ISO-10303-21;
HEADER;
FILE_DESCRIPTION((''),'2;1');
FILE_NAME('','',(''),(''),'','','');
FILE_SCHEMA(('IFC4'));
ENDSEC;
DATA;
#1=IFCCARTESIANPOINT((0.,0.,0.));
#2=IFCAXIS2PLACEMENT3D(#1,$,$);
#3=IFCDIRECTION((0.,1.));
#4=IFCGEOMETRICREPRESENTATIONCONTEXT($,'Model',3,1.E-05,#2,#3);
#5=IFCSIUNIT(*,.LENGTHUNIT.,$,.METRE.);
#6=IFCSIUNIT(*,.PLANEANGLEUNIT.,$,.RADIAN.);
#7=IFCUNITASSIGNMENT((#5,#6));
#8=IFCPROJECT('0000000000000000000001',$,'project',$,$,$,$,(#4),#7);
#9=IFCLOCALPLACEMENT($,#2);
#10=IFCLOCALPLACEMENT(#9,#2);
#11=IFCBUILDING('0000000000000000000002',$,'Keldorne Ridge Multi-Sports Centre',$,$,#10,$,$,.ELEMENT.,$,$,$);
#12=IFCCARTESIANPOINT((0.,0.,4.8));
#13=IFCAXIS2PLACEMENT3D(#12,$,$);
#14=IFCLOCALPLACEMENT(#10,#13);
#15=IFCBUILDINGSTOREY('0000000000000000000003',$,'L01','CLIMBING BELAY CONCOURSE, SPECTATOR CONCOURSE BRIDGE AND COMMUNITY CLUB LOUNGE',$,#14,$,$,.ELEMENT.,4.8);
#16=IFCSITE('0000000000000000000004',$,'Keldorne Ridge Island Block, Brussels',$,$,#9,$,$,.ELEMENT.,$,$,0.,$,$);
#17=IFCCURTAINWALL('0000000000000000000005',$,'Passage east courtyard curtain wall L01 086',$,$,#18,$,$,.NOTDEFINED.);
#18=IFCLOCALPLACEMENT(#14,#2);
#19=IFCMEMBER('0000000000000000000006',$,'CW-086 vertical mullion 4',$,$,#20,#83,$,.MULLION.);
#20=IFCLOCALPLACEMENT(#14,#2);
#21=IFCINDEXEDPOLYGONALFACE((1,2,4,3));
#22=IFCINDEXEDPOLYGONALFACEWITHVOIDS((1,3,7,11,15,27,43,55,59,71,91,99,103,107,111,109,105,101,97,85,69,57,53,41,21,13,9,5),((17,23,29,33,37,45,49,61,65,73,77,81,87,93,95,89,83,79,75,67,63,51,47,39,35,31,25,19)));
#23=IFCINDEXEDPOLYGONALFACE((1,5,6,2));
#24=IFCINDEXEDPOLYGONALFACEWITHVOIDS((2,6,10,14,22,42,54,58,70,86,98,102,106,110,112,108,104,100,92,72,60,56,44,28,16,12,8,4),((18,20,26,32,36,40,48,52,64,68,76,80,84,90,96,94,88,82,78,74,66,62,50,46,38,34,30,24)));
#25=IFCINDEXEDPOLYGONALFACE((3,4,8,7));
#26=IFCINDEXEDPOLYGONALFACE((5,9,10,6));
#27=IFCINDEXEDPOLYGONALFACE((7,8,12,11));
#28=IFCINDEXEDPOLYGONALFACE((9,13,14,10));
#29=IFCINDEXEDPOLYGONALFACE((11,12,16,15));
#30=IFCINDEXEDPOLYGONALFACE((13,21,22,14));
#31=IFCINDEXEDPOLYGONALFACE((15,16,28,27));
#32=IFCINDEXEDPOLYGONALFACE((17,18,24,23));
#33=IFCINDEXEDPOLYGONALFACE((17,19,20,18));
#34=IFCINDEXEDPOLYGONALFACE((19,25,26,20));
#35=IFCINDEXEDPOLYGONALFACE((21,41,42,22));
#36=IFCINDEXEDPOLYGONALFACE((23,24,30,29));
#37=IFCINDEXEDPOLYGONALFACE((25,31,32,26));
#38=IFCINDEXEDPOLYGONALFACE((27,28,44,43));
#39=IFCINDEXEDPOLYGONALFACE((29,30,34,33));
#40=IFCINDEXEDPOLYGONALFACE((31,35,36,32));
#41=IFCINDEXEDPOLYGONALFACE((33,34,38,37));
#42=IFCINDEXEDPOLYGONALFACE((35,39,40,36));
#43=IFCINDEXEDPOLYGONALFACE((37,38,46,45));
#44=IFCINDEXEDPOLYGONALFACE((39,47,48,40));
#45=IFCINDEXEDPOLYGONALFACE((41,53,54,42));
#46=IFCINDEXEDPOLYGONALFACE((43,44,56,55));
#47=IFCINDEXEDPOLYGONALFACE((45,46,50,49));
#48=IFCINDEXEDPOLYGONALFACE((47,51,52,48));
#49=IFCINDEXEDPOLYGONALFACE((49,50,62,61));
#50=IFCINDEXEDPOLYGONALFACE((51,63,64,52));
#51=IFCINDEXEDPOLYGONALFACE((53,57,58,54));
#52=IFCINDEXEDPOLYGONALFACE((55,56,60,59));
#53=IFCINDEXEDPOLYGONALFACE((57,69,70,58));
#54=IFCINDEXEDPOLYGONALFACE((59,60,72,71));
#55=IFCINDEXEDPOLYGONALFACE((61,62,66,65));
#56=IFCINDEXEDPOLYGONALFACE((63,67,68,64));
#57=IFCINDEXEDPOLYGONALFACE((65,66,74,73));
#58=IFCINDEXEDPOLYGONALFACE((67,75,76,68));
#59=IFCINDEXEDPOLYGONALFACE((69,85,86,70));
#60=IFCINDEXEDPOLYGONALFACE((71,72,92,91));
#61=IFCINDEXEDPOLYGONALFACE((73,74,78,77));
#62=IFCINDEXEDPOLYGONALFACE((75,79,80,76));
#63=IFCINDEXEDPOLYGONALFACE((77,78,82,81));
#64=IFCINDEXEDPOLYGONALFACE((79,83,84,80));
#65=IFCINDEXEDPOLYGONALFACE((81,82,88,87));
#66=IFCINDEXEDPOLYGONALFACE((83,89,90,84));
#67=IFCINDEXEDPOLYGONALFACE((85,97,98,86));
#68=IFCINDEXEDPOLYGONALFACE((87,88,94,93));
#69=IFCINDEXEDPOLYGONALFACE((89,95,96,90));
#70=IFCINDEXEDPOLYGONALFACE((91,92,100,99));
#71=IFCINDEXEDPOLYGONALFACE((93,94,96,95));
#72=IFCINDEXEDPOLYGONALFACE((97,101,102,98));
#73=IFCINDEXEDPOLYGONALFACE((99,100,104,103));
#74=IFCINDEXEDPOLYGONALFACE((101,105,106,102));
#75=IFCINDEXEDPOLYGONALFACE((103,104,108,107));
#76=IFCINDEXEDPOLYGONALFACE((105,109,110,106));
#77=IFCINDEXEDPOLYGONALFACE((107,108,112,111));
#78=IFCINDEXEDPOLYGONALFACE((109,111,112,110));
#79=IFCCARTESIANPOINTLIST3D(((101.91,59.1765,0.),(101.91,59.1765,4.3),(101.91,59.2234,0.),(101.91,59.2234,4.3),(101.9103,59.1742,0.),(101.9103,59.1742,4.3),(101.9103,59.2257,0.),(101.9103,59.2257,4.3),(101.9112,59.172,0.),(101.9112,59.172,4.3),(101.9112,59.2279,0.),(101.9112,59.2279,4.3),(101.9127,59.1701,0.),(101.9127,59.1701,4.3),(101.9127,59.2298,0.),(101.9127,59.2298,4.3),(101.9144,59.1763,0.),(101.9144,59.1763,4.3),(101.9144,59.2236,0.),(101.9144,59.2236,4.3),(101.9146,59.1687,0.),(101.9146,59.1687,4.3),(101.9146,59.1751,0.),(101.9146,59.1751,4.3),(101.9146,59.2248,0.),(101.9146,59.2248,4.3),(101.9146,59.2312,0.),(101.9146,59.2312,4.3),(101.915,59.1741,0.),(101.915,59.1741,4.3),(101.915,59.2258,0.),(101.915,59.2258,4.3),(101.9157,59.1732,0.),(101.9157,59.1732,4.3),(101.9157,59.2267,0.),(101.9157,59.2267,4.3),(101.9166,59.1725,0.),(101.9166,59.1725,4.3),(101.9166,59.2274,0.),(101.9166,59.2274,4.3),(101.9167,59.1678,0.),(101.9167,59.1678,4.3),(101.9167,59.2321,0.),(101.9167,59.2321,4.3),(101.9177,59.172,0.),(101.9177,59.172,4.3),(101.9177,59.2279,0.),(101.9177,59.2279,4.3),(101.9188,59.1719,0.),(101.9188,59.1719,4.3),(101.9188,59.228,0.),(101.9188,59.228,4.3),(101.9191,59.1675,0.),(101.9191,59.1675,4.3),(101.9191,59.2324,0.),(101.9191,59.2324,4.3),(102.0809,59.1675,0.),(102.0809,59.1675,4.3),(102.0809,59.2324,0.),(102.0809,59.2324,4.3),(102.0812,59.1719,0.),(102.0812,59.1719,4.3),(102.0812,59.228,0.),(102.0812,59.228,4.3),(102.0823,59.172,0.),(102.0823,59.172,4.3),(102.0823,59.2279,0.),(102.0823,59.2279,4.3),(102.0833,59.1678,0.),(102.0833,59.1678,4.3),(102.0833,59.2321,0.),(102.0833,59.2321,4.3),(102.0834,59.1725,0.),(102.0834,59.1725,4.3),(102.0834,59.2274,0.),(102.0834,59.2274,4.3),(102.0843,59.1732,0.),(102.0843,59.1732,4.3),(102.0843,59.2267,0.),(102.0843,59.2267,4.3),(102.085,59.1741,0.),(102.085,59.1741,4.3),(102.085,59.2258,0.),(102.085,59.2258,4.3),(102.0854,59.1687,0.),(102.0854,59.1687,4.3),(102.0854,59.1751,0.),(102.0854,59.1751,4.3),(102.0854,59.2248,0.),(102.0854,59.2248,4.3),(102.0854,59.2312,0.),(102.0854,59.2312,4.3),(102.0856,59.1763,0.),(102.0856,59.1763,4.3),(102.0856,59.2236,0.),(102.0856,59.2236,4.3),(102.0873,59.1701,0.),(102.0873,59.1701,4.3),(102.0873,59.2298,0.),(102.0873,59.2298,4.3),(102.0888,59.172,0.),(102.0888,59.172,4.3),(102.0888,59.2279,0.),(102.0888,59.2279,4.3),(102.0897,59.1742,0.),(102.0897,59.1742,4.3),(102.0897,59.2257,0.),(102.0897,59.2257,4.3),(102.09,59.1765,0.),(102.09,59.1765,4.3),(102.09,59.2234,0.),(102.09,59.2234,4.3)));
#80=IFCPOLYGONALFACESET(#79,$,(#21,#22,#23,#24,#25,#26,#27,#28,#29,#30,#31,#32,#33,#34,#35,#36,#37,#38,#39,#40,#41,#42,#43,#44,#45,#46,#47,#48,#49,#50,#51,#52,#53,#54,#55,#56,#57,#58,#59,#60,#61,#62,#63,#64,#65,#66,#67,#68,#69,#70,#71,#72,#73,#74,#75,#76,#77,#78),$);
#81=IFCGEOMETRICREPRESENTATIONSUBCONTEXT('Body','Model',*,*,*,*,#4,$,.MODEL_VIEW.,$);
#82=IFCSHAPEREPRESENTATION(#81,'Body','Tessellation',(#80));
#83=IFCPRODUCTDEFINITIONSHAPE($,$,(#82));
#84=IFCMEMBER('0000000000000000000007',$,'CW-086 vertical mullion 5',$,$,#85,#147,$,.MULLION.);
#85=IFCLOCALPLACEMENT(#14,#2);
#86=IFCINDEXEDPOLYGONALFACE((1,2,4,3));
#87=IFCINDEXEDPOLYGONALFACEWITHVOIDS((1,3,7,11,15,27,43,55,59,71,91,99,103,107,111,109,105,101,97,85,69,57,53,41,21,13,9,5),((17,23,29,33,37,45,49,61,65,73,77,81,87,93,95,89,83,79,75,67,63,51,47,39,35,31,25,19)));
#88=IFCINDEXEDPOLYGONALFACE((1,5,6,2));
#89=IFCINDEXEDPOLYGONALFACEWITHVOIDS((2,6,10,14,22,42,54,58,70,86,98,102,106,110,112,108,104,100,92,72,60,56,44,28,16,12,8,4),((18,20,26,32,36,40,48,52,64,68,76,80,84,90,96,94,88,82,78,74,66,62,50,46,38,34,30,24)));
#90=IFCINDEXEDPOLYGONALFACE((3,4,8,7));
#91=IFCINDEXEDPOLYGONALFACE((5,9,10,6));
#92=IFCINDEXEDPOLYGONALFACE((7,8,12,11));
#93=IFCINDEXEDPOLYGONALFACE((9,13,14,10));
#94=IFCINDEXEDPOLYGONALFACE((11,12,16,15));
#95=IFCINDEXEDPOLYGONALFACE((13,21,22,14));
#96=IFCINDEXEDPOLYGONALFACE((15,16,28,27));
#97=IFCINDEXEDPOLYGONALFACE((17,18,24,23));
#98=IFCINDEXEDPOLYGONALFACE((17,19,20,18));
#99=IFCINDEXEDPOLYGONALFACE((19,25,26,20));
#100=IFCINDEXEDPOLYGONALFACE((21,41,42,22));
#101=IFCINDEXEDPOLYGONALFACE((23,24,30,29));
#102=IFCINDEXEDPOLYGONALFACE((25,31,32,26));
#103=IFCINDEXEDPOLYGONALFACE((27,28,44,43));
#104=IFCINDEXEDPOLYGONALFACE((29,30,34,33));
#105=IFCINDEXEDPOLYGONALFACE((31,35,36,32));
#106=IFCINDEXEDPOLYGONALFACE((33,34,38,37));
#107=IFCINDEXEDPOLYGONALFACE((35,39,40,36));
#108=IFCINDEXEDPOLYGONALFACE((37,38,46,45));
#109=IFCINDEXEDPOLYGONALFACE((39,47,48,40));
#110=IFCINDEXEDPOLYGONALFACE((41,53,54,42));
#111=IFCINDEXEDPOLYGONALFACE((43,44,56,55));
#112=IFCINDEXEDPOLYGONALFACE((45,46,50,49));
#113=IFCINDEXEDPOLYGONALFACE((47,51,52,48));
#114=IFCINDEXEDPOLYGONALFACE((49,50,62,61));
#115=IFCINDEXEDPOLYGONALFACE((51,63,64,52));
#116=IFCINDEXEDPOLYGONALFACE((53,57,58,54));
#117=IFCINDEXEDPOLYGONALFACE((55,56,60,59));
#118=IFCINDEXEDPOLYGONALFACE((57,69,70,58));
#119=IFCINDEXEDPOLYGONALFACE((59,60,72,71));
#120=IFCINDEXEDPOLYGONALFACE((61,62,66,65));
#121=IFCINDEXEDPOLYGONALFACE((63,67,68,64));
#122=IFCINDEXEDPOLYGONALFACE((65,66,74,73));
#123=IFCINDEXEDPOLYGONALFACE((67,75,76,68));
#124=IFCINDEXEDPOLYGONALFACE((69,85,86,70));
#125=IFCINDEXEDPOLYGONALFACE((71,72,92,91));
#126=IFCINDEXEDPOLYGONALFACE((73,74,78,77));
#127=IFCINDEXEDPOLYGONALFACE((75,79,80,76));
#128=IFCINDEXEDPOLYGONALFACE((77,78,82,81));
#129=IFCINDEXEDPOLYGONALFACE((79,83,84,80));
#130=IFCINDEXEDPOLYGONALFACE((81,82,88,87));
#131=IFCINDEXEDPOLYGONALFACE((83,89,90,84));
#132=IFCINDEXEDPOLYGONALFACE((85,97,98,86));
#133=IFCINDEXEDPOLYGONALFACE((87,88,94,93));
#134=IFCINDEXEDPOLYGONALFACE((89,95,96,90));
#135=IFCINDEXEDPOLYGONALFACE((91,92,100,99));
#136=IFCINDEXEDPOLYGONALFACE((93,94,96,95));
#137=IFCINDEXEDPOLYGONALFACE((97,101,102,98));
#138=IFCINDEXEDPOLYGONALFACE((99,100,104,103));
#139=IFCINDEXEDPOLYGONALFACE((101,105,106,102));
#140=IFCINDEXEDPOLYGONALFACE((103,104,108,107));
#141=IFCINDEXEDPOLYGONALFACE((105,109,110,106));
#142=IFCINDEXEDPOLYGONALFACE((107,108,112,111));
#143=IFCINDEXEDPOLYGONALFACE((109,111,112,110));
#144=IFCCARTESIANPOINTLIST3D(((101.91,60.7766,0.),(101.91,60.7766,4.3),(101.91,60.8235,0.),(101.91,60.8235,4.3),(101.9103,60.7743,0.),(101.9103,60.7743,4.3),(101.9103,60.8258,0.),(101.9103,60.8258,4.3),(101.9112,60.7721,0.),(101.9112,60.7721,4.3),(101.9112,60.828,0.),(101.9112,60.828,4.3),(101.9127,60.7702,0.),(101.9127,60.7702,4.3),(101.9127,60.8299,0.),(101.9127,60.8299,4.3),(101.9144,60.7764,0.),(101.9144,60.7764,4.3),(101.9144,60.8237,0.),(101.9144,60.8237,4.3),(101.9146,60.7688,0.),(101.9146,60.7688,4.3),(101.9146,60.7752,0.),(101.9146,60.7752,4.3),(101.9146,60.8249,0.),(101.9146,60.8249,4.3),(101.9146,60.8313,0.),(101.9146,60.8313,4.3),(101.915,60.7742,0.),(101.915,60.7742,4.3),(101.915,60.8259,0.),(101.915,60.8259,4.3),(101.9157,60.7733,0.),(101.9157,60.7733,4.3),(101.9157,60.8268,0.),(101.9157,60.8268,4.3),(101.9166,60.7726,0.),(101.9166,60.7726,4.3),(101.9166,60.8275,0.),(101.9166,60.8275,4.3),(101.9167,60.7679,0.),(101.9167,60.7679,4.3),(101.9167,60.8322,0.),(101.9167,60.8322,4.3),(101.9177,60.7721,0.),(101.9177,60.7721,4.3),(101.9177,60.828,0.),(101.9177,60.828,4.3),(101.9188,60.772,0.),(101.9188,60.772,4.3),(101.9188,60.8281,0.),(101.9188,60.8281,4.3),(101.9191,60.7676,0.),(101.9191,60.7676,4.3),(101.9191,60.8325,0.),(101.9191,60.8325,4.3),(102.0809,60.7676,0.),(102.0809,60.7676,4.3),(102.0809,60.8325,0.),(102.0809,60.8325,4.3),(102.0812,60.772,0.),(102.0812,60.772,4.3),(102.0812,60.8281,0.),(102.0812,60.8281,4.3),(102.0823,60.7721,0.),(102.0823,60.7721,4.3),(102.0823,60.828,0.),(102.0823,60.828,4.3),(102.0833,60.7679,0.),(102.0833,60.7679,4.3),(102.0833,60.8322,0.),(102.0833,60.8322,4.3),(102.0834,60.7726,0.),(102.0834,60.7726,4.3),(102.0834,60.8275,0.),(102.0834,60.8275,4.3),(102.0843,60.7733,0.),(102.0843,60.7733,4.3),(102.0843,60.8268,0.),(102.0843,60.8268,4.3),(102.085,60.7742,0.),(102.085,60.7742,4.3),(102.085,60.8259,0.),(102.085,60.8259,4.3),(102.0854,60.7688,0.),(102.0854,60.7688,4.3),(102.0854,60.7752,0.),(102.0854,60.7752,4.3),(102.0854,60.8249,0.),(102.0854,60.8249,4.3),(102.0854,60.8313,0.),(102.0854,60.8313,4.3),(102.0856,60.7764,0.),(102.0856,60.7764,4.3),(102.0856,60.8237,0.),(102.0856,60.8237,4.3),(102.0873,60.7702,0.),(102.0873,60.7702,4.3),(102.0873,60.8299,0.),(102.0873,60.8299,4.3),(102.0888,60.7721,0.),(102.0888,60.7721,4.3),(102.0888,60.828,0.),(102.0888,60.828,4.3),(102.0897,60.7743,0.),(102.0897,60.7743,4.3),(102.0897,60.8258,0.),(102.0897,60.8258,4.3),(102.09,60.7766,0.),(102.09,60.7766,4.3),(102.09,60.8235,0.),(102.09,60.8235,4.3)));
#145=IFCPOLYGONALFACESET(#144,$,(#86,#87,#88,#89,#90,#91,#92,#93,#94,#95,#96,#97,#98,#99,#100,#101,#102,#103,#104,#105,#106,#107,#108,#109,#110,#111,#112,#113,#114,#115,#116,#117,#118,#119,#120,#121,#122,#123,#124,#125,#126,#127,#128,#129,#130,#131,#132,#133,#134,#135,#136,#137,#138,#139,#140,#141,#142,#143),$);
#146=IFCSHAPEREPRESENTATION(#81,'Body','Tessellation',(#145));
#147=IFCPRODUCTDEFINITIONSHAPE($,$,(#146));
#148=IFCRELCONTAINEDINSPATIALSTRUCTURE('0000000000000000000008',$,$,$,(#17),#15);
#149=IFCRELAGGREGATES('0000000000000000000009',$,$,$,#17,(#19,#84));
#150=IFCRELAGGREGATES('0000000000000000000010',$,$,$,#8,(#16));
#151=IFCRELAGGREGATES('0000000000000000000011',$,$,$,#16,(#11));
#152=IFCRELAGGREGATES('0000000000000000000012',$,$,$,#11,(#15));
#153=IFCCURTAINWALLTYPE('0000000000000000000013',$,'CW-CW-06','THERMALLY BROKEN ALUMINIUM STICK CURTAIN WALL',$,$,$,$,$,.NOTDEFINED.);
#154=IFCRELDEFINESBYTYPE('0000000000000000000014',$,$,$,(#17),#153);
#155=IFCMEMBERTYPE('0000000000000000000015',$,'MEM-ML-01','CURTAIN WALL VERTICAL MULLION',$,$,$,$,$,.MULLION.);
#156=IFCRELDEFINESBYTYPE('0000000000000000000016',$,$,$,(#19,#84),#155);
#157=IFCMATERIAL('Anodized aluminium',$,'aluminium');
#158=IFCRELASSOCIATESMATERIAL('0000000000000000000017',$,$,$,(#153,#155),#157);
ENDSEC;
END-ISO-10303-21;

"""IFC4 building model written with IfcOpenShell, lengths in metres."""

from ifc_helpers import new_model, si_unit, direction, frame, origin, origin_2d, place, context, subcontext, project, spatial, hollow_rectangle, extrude, material, material_profile, profile_set, type_object, element, aggregate, save


model = new_model("IFC4")

# Units and contexts
model_context = context("Model", 3, precision=1e-05, world=origin(), true_north=direction((0.0, 1.0)))
body_context = subcontext(model_context, "Body", "Model", "MODEL_VIEW")
ifc_project = project(units=[si_unit("LENGTHUNIT", "METRE"), si_unit("PLANEANGLEUNIT", "RADIAN")], contexts=[model_context])

# Site, building, storey
site_placement = place(None, origin())
site = spatial("IfcSite", under=ifc_project, at=site_placement, Name="Keldorne Ridge Island Block, Brussels", CompositionType="ELEMENT", RefElevation=0.0)
building_placement = place(site_placement, origin())
building = spatial("IfcBuilding", under=site, at=building_placement, Name="Keldorne Ridge Multi-Sports Centre", CompositionType="ELEMENT")
storey_placement = place(building_placement, frame((0.0, 0.0, 4.8)))
storey = spatial("IfcBuildingStorey", under=building, at=storey_placement, Name="L01", Description="CLIMBING BELAY CONCOURSE, SPECTATOR CONCOURSE BRIDGE AND COMMUNITY CLUB LOUNGE", CompositionType="ELEMENT", Elevation=4.8)

# Curtain wall, members
ifc_material_1 = material(Name="Anodized aluminium", Category="aluminium")
curtain_wall_type = type_object("IfcCurtainWallType", Name="CW-CW-06", Description="THERMALLY BROKEN ALUMINIUM STICK CURTAIN WALL", PredefinedType="NOTDEFINED", material=ifc_material_1)
curtain_wall_placement = place(storey_placement, origin())
curtain_wall = element("IfcCurtainWall", 1, at=curtain_wall_placement, inside=storey, type_object=curtain_wall_type, Name="Passage east courtyard curtain wall L01 086", PredefinedType="NOTDEFINED")
ifc_material_profile_1 = material_profile(ifc_material_1, hollow_rectangle(XDim=0.0649, YDim=0.1799, WallThickness=0.0044, InnerFilletRadius=0.0044, OuterFilletRadius=0.009, at=origin_2d()), Name="ALU MULLION 180x65x4.5")
ifc_profile_set_1 = profile_set([ifc_material_profile_1], Name="Anodized aluminium")
member_type_1 = type_object("IfcMemberType", Name="MEM-ML-01", Description="CURTAIN WALL VERTICAL MULLION", PredefinedType="MULLION", material=ifc_profile_set_1)
member_1_placement = place(storey_placement, frame((102.0, 59.2, 0.0), z_axis=(0.0, 0.0, 1.0), x_axis=(0.0, 1.0, 0.0)))
member_1 = element("IfcMember", 2, at=member_1_placement, type_object=member_type_1, Name="CW-086 vertical mullion 4", PredefinedType="MULLION", context=body_context, shape_type="SweptSolid", body=[
    extrude(hollow_rectangle(XDim=0.0649, YDim=0.1799, WallThickness=0.0044, InnerFilletRadius=0.0044, OuterFilletRadius=0.009, at=origin_2d()), origin(), (0.0, 0.0, 1.0), 4.3),
])
member_2_placement = place(storey_placement, frame((102.0, 60.8, 0.0), z_axis=(0.0, 0.0, 1.0), x_axis=(0.0, 1.0, 0.0)))
member_2 = element("IfcMember", 3, at=member_2_placement, type_object=member_type_1, Name="CW-086 vertical mullion 5", PredefinedType="MULLION", context=body_context, shape_type="SweptSolid", body=[
    extrude(hollow_rectangle(XDim=0.0649, YDim=0.1799, WallThickness=0.0044, InnerFilletRadius=0.0044, OuterFilletRadius=0.009, at=origin_2d()), origin(), (0.0, 0.0, 1.0), 4.3),
])

aggregate(curtain_wall, [member_1, member_2])

save(model, "model.ifc")
